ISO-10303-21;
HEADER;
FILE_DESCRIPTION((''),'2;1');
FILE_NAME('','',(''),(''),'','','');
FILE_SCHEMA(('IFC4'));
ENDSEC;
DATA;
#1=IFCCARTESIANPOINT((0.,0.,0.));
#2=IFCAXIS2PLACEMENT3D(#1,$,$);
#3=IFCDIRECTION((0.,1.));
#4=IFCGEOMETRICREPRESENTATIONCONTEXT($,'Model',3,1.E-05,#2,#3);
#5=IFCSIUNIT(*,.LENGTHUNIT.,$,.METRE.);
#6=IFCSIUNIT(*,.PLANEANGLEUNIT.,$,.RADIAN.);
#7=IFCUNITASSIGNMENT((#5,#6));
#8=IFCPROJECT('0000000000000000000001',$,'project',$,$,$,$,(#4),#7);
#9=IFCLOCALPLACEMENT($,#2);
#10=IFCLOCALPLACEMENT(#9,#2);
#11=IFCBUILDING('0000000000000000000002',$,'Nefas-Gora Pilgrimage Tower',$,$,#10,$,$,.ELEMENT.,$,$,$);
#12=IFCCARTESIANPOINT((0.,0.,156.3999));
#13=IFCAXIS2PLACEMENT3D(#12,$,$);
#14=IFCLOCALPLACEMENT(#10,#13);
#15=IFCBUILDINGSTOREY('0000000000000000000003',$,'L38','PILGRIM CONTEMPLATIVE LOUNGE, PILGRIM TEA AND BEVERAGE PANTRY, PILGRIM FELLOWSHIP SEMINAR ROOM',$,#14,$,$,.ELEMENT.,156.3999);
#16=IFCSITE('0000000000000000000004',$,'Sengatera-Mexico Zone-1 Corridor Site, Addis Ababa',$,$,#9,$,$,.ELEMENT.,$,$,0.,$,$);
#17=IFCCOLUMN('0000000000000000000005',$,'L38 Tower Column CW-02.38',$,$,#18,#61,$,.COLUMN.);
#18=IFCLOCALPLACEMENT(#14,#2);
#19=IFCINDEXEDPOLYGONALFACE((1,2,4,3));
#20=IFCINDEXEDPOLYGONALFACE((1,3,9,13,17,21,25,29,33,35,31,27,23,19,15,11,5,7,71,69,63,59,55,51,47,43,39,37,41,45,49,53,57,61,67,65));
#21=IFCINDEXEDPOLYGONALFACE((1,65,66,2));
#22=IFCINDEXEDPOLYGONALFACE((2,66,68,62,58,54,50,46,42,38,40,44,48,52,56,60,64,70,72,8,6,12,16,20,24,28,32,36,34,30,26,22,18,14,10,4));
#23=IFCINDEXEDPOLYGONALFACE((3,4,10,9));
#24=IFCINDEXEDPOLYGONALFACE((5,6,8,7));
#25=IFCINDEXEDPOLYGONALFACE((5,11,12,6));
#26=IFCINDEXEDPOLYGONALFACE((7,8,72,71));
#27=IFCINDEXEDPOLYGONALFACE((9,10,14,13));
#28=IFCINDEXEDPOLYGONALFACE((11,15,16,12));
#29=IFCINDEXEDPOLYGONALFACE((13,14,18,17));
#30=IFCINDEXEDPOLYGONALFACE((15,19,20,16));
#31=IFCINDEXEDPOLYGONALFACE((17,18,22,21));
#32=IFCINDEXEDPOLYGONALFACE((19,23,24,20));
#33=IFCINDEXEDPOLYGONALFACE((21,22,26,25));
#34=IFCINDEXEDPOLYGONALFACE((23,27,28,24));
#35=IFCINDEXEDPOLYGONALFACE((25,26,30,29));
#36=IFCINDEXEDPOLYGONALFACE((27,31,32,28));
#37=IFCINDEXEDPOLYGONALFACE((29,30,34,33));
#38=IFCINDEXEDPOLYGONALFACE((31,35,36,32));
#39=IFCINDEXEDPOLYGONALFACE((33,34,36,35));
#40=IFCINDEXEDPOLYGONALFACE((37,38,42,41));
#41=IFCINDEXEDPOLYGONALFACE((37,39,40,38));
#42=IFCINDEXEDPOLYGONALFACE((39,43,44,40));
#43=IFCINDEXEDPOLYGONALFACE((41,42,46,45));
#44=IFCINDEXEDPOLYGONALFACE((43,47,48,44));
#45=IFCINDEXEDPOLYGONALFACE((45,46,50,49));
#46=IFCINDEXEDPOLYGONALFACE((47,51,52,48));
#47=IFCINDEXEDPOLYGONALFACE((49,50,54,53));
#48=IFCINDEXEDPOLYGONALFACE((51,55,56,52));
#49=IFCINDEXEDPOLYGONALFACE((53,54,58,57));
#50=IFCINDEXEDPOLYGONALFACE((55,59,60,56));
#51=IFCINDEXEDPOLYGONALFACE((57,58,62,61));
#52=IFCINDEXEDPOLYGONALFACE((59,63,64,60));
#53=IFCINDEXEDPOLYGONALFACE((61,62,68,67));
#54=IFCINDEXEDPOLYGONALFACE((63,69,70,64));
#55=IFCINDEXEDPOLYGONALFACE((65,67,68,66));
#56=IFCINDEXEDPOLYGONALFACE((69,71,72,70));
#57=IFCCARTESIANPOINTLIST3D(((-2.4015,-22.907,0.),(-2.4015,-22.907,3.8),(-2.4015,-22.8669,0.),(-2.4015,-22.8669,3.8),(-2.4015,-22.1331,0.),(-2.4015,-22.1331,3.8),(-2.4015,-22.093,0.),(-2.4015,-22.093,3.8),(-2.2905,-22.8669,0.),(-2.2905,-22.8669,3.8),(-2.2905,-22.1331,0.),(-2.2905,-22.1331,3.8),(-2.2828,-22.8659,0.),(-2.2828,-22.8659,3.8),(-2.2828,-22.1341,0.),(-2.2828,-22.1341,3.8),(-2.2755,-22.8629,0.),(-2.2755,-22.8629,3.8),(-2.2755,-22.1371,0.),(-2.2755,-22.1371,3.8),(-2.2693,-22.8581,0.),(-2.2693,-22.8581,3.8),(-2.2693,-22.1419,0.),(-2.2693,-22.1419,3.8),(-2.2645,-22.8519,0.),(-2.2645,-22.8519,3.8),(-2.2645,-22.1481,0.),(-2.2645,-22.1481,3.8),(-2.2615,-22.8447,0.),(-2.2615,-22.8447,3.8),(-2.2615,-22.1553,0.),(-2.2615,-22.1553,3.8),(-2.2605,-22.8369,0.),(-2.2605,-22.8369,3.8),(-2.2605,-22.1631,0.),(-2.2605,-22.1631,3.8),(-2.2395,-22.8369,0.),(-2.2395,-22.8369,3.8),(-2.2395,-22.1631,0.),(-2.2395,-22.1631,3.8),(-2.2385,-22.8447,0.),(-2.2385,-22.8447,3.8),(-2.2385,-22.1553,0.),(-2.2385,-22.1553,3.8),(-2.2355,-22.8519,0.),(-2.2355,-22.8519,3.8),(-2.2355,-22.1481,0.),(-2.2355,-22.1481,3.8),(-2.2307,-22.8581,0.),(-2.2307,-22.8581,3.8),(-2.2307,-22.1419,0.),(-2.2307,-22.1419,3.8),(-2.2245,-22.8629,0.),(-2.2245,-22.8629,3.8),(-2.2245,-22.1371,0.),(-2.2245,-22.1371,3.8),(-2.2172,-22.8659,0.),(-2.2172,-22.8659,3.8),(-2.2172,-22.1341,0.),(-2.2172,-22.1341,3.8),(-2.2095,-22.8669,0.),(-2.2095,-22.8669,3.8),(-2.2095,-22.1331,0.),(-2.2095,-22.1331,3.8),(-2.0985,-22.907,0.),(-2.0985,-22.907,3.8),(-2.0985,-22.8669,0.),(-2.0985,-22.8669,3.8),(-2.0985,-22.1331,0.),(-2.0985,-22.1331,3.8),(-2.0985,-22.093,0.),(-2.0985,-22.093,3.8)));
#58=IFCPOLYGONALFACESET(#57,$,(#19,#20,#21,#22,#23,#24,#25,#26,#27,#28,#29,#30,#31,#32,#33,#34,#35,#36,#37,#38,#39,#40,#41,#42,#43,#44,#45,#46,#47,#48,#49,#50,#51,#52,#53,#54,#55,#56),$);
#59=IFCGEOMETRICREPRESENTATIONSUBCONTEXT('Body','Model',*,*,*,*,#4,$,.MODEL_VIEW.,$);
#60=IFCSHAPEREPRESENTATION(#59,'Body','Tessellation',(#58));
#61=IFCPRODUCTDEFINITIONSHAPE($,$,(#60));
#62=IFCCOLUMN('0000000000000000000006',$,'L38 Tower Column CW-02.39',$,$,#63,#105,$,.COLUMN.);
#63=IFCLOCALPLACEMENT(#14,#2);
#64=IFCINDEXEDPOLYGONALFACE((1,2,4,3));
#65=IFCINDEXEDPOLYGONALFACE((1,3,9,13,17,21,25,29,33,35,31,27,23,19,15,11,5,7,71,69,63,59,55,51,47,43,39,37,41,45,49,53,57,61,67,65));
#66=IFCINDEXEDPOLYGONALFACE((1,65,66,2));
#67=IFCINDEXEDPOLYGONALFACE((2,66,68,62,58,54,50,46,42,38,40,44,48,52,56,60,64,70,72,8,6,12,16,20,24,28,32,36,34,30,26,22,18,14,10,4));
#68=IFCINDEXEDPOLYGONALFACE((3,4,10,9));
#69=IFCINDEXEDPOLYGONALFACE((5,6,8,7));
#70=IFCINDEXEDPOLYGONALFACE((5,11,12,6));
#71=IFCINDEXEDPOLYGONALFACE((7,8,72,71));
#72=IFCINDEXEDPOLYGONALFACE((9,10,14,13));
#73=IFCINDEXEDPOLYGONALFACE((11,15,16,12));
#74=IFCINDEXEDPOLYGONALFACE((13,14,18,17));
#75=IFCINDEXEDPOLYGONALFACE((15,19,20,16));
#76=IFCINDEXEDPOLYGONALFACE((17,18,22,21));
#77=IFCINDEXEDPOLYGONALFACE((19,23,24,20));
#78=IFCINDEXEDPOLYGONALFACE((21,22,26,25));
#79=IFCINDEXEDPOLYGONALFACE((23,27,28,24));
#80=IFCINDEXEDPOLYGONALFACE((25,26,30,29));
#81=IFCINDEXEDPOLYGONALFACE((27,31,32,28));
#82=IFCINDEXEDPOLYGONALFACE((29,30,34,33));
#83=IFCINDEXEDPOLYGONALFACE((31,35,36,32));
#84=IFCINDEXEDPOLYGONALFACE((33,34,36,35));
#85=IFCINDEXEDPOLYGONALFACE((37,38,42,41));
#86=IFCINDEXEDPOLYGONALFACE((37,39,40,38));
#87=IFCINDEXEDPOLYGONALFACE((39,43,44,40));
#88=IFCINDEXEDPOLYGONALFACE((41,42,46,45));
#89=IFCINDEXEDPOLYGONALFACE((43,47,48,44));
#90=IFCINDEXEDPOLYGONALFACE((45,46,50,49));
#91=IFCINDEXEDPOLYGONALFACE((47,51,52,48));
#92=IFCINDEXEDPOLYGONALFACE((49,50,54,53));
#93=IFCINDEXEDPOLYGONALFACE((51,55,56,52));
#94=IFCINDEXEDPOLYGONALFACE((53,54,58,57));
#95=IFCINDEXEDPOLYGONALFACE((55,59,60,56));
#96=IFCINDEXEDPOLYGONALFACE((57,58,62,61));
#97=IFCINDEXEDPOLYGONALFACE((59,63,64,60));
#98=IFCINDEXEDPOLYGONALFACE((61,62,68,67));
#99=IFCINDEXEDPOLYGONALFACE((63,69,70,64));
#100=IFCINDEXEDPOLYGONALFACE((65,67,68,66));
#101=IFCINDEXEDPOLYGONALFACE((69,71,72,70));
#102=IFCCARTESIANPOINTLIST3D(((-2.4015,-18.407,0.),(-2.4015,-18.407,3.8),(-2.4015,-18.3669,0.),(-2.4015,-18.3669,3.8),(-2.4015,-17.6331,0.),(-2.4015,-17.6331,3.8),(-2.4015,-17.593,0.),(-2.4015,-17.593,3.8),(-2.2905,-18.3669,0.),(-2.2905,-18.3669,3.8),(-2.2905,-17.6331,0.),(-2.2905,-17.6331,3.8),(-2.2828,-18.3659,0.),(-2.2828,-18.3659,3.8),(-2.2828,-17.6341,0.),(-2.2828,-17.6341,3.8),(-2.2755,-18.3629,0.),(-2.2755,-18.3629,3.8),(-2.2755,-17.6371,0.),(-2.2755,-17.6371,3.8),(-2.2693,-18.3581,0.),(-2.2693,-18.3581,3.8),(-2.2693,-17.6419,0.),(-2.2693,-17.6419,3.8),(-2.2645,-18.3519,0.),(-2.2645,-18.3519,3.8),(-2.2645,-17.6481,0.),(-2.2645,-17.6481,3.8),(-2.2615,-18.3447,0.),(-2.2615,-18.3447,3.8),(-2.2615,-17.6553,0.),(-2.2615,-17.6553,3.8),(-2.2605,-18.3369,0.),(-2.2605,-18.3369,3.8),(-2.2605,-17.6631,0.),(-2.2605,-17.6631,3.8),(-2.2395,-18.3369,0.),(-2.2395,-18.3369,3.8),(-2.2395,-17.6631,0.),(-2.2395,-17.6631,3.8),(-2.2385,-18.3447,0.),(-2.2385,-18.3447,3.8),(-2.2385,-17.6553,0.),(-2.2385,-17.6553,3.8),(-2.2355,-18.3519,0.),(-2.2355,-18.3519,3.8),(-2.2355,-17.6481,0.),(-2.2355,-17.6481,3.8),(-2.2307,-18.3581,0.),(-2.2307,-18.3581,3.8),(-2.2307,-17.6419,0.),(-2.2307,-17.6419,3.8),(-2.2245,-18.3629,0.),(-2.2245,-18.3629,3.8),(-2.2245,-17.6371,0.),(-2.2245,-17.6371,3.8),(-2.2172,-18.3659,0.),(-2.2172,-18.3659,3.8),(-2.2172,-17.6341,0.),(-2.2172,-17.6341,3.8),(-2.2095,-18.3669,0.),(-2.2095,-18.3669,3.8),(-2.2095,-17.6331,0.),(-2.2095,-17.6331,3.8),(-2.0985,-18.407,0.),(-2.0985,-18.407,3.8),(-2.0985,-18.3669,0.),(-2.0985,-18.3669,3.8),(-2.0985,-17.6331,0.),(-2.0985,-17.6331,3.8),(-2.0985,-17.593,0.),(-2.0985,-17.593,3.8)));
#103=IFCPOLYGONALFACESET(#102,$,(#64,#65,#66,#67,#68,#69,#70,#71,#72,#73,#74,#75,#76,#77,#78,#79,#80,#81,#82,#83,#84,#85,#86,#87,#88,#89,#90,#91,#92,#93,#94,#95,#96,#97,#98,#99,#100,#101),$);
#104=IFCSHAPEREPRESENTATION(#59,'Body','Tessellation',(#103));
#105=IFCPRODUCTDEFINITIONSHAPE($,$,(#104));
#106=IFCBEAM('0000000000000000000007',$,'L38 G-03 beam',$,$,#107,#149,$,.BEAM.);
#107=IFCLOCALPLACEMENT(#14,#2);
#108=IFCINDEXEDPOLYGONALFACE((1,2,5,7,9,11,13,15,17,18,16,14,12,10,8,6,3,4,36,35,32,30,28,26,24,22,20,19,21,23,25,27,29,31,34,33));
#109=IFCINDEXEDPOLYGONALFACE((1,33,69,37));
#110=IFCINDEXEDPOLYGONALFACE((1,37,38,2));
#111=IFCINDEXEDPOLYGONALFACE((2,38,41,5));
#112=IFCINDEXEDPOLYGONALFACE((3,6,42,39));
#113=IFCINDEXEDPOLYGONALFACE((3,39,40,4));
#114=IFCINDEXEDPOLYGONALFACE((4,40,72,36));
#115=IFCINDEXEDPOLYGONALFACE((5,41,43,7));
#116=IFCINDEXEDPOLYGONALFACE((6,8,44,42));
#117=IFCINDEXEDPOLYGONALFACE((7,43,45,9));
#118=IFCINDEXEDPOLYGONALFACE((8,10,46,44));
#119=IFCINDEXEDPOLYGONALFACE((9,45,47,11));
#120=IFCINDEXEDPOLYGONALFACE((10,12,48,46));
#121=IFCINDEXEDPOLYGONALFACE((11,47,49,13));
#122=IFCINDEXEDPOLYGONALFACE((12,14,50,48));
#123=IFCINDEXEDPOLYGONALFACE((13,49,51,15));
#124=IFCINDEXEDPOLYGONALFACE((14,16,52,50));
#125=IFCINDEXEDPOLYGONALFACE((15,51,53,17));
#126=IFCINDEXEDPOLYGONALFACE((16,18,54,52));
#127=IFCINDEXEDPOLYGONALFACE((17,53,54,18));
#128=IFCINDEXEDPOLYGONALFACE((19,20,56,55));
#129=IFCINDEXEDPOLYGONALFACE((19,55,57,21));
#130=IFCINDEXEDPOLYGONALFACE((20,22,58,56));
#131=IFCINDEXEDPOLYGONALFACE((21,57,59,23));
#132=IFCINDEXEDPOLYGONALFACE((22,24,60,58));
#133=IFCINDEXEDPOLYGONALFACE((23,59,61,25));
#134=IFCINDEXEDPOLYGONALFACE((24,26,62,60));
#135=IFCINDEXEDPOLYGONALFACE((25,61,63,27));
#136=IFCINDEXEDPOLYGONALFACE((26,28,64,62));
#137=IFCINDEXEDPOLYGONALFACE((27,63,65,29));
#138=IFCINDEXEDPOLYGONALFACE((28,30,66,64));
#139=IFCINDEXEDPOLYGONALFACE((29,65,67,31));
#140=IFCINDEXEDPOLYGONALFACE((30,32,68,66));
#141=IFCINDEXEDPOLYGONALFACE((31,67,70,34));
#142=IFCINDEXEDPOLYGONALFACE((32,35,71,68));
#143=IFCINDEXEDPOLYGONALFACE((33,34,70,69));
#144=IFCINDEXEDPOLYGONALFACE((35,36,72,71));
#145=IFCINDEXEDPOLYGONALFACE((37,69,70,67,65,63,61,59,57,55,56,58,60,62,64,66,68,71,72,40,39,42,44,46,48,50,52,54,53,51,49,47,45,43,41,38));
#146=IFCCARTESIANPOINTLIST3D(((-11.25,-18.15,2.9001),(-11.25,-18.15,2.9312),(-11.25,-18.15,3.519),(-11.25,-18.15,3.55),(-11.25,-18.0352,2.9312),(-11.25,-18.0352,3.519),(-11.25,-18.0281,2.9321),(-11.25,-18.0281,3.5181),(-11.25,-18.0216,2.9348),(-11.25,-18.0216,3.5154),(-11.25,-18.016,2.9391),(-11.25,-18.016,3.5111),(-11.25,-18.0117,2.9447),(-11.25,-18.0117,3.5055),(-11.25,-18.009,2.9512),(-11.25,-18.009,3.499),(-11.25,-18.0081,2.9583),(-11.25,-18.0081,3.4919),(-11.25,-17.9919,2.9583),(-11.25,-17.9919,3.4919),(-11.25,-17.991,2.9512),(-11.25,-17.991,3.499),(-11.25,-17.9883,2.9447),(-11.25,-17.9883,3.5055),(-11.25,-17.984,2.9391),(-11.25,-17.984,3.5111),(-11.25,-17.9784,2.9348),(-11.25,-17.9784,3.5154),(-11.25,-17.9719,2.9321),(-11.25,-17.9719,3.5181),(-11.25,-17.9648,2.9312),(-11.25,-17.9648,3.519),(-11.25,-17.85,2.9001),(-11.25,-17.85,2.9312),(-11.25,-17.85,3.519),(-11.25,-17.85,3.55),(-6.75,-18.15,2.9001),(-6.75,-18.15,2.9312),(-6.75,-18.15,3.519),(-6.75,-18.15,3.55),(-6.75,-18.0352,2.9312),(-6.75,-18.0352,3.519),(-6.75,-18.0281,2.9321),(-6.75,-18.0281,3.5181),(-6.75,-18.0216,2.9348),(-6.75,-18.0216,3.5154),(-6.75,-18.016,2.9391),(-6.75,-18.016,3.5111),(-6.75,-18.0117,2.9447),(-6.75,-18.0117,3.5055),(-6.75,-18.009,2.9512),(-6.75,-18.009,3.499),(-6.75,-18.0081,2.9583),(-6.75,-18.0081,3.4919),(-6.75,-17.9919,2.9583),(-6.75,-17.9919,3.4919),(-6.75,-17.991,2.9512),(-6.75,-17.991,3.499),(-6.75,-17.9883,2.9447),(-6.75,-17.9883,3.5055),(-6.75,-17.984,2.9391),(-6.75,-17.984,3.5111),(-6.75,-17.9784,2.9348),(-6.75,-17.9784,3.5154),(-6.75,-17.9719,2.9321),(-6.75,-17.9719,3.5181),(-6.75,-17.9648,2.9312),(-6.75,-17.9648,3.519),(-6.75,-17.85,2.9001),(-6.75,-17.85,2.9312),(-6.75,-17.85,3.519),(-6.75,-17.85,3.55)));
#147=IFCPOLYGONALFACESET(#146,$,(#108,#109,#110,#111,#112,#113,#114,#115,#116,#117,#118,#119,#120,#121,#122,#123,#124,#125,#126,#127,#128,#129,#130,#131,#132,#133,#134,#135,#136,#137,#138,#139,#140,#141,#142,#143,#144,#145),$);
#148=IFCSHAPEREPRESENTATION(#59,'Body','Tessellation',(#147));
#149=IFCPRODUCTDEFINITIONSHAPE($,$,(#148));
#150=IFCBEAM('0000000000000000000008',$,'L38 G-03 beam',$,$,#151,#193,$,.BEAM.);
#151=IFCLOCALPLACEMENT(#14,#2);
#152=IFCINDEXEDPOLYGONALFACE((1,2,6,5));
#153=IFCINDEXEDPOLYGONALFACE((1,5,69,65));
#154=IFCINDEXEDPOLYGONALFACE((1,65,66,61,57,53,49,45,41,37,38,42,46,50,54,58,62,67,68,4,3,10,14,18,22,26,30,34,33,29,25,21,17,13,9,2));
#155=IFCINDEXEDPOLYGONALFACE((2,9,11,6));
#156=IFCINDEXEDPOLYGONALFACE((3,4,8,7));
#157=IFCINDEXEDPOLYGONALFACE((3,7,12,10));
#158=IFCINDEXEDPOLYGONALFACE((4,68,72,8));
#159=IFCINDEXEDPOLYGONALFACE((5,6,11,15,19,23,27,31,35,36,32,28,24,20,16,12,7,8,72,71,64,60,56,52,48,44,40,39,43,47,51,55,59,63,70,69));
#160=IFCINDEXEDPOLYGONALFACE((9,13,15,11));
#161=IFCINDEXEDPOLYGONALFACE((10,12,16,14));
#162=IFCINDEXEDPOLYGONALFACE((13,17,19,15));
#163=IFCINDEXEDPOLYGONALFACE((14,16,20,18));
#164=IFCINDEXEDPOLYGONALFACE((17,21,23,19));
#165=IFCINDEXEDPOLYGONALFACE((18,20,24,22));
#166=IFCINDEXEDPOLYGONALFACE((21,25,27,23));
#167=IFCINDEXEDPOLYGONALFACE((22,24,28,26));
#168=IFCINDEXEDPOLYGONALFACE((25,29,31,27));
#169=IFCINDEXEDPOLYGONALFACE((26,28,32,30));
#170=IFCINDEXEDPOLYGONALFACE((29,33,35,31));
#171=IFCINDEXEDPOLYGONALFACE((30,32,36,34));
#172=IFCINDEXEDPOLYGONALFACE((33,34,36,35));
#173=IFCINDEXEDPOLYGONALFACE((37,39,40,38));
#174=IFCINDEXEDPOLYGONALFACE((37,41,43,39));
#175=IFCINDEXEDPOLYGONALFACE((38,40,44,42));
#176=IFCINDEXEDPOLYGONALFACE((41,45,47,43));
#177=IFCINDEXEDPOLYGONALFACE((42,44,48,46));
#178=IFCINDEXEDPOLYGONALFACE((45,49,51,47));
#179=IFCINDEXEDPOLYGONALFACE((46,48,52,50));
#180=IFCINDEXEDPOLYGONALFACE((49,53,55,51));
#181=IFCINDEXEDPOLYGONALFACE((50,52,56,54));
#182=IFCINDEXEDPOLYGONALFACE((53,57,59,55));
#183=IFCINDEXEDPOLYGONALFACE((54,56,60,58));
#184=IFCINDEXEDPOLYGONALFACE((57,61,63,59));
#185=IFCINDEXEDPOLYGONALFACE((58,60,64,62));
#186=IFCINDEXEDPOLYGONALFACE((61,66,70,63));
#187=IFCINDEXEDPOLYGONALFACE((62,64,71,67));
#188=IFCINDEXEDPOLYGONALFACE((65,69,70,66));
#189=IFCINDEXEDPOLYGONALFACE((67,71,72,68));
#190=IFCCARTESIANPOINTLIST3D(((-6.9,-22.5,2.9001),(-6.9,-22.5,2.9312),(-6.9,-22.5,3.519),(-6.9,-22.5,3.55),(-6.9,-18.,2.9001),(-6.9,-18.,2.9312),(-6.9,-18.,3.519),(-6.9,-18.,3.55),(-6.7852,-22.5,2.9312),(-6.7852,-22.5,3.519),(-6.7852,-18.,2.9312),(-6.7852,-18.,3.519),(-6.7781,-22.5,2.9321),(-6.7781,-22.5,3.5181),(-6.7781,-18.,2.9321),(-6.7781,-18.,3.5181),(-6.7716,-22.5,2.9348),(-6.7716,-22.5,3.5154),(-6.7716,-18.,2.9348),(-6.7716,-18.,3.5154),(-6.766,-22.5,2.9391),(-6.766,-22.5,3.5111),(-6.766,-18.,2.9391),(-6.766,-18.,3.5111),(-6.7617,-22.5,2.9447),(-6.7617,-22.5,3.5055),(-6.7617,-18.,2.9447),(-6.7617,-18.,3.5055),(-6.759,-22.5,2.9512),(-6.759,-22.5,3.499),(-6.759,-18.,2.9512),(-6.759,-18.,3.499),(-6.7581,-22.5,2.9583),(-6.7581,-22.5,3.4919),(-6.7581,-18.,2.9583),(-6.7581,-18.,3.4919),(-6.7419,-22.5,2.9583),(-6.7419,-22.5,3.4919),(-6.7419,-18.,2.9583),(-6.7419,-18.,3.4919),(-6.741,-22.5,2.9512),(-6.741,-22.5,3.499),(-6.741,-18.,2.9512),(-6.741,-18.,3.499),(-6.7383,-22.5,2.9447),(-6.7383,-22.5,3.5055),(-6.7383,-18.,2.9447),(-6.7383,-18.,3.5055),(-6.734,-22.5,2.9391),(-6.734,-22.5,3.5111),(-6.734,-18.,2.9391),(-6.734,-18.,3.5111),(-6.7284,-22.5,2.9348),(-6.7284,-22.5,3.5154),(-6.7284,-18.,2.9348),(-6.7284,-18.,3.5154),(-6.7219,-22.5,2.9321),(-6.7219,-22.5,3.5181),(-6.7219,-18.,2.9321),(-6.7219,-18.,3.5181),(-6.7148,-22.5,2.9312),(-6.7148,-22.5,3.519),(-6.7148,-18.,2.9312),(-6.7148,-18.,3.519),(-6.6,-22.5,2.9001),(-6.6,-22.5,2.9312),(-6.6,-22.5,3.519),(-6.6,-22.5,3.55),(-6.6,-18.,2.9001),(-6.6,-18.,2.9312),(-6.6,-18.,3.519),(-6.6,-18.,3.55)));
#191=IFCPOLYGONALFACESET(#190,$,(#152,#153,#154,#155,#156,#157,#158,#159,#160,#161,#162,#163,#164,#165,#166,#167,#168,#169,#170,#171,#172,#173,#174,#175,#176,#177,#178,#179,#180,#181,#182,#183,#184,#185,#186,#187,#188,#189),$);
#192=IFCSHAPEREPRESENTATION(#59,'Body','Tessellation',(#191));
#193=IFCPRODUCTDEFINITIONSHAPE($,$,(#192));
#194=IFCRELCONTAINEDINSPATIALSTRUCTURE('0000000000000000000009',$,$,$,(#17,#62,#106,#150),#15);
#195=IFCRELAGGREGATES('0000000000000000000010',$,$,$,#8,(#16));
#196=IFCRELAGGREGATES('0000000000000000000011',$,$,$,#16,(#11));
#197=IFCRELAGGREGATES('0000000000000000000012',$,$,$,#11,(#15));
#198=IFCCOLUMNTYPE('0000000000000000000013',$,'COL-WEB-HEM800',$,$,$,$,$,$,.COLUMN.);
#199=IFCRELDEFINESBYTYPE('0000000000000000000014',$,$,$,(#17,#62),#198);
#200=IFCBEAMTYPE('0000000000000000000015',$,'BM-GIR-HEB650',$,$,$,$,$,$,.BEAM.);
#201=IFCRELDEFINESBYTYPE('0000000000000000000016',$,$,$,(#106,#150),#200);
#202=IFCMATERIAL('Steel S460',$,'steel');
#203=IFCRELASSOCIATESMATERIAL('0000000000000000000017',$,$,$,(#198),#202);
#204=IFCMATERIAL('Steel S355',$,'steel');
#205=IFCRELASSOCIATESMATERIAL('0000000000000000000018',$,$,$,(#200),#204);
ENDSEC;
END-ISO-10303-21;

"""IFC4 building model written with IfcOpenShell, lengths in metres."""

from ifc_helpers import new_model, si_unit, direction, frame, origin, origin_2d, place, context, subcontext, project, spatial, i_section, extrude, source, transform, mapped, material, material_profile, profile_set, type_object, element, save


model = new_model("IFC4")

# Units and contexts
model_context = context("Model", 3, precision=1e-05, world=origin(), true_north=direction((0.0, 1.0)))
body_context = subcontext(model_context, "Body", "Model", "MODEL_VIEW")
ifc_project = project(units=[si_unit("LENGTHUNIT", "METRE"), si_unit("PLANEANGLEUNIT", "RADIAN")], contexts=[model_context])

# Site, building, storey
site_placement = place(None, origin())
site = spatial("IfcSite", under=ifc_project, at=site_placement, Name="Sengatera-Mexico Zone-1 Corridor Site, Addis Ababa", CompositionType="ELEMENT", RefElevation=0.0)
building_placement = place(site_placement, origin())
building = spatial("IfcBuilding", under=site, at=building_placement, Name="Nefas-Gora Pilgrimage Tower", CompositionType="ELEMENT")
storey_placement = place(building_placement, frame((0.0, 0.0, 156.3999)))
storey = spatial("IfcBuildingStorey", under=building, at=storey_placement, Name="L38", Description="PILGRIM CONTEMPLATIVE LOUNGE, PILGRIM TEA AND BEVERAGE PANTRY, PILGRIM FELLOWSHIP SEMINAR ROOM", CompositionType="ELEMENT", Elevation=156.3999)

# Columns
ifc_material_1 = material(Name="Steel S460", Category="steel")
ifc_material_profile_1 = material_profile(ifc_material_1, i_section(OverallWidth=0.303, OverallDepth=0.814, WebThickness=0.021, FlangeThickness=0.04, FilletRadius=0.03, at=origin_2d()), Name="HEM 800")
ifc_profile_set_1 = profile_set([ifc_material_profile_1], Name="Steel S460")
column_type_1 = type_object("IfcColumnType", Name="COL-WEB-HEM800", PredefinedType="COLUMN", material=ifc_profile_set_1)
shared_shape_1 = source(origin(), body_context, "Body", "SweptSolid", [
    extrude(i_section(OverallWidth=0.303, OverallDepth=0.814, WebThickness=0.021, FlangeThickness=0.04, FilletRadius=0.03, at=origin_2d()), origin(), (0.0, 0.0, 1.0), 3.8),
])
for number, where, z_axis, x_axis, name in (
    (1, (-2.25, -22.5, 0.0), (0.0, 0.0, 1.0), (1.0, 0.0, 0.0), "L38 Tower Column CW-02.38"),
    (2, (-2.25, -18.0, 0.0), (0.0, 0.0, 1.0), (1.0, 0.0, 0.0), "L38 Tower Column CW-02.39"),
):
    element("IfcColumn", number, at=place(storey_placement, frame(where, z_axis=z_axis, x_axis=x_axis)), inside=storey, type_object=column_type_1, Name=name, PredefinedType="COLUMN", context=body_context, shape_type="MappedRepresentation", body=[
        mapped(shared_shape_1, transform((0.0, 0.0, 0.0), x_axis=(1.0, 0.0, 0.0), y_axis=(0.0, 1.0, 0.0), z_axis=(0.0, 0.0, 1.0), scale=1.0)),
    ])

# Beams
ifc_material_2 = material(Name="Steel S355", Category="steel")
ifc_material_profile_2 = material_profile(ifc_material_2, i_section(OverallWidth=0.3, OverallDepth=0.6499, WebThickness=0.0161, FlangeThickness=0.031, FilletRadius=0.0271, at=origin_2d()), Name="HEB 650")
ifc_profile_set_2 = profile_set([ifc_material_profile_2], Name="Steel S355")
beam_type = type_object("IfcBeamType", Name="BM-GIR-HEB650", PredefinedType="BEAM", material=ifc_profile_set_2)
shared_shape_2 = source(origin(), body_context, "Body", "SweptSolid", [
    extrude(i_section(OverallWidth=0.3, OverallDepth=0.6499, WebThickness=0.0161, FlangeThickness=0.031, FilletRadius=0.0271, at=origin_2d()), origin(), (0.0, 0.0, 1.0), 4.5),
])
for number, where, z_axis, x_axis, name in (
    (3, (-11.25, -18.0, 3.2251), (1.0, 0.0, 0.0), (0.0, 1.0, 0.0), "L38 G-03 beam"),
    (4, (-6.75, -22.5, 3.2251), (0.0, 1.0, 0.0), (-1.0, 0.0, 0.0), "L38 G-03 beam"),
):
    element("IfcBeam", number, at=place(storey_placement, frame(where, z_axis=z_axis, x_axis=x_axis)), inside=storey, type_object=beam_type, Name=name, PredefinedType="BEAM", context=body_context, shape_type="MappedRepresentation", body=[
        mapped(shared_shape_2, transform((0.0, 0.0, 0.0), x_axis=(1.0, 0.0, 0.0), y_axis=(0.0, 1.0, 0.0), z_axis=(0.0, 0.0, 1.0), scale=1.0)),
    ])

save(model, "model.ifc")
